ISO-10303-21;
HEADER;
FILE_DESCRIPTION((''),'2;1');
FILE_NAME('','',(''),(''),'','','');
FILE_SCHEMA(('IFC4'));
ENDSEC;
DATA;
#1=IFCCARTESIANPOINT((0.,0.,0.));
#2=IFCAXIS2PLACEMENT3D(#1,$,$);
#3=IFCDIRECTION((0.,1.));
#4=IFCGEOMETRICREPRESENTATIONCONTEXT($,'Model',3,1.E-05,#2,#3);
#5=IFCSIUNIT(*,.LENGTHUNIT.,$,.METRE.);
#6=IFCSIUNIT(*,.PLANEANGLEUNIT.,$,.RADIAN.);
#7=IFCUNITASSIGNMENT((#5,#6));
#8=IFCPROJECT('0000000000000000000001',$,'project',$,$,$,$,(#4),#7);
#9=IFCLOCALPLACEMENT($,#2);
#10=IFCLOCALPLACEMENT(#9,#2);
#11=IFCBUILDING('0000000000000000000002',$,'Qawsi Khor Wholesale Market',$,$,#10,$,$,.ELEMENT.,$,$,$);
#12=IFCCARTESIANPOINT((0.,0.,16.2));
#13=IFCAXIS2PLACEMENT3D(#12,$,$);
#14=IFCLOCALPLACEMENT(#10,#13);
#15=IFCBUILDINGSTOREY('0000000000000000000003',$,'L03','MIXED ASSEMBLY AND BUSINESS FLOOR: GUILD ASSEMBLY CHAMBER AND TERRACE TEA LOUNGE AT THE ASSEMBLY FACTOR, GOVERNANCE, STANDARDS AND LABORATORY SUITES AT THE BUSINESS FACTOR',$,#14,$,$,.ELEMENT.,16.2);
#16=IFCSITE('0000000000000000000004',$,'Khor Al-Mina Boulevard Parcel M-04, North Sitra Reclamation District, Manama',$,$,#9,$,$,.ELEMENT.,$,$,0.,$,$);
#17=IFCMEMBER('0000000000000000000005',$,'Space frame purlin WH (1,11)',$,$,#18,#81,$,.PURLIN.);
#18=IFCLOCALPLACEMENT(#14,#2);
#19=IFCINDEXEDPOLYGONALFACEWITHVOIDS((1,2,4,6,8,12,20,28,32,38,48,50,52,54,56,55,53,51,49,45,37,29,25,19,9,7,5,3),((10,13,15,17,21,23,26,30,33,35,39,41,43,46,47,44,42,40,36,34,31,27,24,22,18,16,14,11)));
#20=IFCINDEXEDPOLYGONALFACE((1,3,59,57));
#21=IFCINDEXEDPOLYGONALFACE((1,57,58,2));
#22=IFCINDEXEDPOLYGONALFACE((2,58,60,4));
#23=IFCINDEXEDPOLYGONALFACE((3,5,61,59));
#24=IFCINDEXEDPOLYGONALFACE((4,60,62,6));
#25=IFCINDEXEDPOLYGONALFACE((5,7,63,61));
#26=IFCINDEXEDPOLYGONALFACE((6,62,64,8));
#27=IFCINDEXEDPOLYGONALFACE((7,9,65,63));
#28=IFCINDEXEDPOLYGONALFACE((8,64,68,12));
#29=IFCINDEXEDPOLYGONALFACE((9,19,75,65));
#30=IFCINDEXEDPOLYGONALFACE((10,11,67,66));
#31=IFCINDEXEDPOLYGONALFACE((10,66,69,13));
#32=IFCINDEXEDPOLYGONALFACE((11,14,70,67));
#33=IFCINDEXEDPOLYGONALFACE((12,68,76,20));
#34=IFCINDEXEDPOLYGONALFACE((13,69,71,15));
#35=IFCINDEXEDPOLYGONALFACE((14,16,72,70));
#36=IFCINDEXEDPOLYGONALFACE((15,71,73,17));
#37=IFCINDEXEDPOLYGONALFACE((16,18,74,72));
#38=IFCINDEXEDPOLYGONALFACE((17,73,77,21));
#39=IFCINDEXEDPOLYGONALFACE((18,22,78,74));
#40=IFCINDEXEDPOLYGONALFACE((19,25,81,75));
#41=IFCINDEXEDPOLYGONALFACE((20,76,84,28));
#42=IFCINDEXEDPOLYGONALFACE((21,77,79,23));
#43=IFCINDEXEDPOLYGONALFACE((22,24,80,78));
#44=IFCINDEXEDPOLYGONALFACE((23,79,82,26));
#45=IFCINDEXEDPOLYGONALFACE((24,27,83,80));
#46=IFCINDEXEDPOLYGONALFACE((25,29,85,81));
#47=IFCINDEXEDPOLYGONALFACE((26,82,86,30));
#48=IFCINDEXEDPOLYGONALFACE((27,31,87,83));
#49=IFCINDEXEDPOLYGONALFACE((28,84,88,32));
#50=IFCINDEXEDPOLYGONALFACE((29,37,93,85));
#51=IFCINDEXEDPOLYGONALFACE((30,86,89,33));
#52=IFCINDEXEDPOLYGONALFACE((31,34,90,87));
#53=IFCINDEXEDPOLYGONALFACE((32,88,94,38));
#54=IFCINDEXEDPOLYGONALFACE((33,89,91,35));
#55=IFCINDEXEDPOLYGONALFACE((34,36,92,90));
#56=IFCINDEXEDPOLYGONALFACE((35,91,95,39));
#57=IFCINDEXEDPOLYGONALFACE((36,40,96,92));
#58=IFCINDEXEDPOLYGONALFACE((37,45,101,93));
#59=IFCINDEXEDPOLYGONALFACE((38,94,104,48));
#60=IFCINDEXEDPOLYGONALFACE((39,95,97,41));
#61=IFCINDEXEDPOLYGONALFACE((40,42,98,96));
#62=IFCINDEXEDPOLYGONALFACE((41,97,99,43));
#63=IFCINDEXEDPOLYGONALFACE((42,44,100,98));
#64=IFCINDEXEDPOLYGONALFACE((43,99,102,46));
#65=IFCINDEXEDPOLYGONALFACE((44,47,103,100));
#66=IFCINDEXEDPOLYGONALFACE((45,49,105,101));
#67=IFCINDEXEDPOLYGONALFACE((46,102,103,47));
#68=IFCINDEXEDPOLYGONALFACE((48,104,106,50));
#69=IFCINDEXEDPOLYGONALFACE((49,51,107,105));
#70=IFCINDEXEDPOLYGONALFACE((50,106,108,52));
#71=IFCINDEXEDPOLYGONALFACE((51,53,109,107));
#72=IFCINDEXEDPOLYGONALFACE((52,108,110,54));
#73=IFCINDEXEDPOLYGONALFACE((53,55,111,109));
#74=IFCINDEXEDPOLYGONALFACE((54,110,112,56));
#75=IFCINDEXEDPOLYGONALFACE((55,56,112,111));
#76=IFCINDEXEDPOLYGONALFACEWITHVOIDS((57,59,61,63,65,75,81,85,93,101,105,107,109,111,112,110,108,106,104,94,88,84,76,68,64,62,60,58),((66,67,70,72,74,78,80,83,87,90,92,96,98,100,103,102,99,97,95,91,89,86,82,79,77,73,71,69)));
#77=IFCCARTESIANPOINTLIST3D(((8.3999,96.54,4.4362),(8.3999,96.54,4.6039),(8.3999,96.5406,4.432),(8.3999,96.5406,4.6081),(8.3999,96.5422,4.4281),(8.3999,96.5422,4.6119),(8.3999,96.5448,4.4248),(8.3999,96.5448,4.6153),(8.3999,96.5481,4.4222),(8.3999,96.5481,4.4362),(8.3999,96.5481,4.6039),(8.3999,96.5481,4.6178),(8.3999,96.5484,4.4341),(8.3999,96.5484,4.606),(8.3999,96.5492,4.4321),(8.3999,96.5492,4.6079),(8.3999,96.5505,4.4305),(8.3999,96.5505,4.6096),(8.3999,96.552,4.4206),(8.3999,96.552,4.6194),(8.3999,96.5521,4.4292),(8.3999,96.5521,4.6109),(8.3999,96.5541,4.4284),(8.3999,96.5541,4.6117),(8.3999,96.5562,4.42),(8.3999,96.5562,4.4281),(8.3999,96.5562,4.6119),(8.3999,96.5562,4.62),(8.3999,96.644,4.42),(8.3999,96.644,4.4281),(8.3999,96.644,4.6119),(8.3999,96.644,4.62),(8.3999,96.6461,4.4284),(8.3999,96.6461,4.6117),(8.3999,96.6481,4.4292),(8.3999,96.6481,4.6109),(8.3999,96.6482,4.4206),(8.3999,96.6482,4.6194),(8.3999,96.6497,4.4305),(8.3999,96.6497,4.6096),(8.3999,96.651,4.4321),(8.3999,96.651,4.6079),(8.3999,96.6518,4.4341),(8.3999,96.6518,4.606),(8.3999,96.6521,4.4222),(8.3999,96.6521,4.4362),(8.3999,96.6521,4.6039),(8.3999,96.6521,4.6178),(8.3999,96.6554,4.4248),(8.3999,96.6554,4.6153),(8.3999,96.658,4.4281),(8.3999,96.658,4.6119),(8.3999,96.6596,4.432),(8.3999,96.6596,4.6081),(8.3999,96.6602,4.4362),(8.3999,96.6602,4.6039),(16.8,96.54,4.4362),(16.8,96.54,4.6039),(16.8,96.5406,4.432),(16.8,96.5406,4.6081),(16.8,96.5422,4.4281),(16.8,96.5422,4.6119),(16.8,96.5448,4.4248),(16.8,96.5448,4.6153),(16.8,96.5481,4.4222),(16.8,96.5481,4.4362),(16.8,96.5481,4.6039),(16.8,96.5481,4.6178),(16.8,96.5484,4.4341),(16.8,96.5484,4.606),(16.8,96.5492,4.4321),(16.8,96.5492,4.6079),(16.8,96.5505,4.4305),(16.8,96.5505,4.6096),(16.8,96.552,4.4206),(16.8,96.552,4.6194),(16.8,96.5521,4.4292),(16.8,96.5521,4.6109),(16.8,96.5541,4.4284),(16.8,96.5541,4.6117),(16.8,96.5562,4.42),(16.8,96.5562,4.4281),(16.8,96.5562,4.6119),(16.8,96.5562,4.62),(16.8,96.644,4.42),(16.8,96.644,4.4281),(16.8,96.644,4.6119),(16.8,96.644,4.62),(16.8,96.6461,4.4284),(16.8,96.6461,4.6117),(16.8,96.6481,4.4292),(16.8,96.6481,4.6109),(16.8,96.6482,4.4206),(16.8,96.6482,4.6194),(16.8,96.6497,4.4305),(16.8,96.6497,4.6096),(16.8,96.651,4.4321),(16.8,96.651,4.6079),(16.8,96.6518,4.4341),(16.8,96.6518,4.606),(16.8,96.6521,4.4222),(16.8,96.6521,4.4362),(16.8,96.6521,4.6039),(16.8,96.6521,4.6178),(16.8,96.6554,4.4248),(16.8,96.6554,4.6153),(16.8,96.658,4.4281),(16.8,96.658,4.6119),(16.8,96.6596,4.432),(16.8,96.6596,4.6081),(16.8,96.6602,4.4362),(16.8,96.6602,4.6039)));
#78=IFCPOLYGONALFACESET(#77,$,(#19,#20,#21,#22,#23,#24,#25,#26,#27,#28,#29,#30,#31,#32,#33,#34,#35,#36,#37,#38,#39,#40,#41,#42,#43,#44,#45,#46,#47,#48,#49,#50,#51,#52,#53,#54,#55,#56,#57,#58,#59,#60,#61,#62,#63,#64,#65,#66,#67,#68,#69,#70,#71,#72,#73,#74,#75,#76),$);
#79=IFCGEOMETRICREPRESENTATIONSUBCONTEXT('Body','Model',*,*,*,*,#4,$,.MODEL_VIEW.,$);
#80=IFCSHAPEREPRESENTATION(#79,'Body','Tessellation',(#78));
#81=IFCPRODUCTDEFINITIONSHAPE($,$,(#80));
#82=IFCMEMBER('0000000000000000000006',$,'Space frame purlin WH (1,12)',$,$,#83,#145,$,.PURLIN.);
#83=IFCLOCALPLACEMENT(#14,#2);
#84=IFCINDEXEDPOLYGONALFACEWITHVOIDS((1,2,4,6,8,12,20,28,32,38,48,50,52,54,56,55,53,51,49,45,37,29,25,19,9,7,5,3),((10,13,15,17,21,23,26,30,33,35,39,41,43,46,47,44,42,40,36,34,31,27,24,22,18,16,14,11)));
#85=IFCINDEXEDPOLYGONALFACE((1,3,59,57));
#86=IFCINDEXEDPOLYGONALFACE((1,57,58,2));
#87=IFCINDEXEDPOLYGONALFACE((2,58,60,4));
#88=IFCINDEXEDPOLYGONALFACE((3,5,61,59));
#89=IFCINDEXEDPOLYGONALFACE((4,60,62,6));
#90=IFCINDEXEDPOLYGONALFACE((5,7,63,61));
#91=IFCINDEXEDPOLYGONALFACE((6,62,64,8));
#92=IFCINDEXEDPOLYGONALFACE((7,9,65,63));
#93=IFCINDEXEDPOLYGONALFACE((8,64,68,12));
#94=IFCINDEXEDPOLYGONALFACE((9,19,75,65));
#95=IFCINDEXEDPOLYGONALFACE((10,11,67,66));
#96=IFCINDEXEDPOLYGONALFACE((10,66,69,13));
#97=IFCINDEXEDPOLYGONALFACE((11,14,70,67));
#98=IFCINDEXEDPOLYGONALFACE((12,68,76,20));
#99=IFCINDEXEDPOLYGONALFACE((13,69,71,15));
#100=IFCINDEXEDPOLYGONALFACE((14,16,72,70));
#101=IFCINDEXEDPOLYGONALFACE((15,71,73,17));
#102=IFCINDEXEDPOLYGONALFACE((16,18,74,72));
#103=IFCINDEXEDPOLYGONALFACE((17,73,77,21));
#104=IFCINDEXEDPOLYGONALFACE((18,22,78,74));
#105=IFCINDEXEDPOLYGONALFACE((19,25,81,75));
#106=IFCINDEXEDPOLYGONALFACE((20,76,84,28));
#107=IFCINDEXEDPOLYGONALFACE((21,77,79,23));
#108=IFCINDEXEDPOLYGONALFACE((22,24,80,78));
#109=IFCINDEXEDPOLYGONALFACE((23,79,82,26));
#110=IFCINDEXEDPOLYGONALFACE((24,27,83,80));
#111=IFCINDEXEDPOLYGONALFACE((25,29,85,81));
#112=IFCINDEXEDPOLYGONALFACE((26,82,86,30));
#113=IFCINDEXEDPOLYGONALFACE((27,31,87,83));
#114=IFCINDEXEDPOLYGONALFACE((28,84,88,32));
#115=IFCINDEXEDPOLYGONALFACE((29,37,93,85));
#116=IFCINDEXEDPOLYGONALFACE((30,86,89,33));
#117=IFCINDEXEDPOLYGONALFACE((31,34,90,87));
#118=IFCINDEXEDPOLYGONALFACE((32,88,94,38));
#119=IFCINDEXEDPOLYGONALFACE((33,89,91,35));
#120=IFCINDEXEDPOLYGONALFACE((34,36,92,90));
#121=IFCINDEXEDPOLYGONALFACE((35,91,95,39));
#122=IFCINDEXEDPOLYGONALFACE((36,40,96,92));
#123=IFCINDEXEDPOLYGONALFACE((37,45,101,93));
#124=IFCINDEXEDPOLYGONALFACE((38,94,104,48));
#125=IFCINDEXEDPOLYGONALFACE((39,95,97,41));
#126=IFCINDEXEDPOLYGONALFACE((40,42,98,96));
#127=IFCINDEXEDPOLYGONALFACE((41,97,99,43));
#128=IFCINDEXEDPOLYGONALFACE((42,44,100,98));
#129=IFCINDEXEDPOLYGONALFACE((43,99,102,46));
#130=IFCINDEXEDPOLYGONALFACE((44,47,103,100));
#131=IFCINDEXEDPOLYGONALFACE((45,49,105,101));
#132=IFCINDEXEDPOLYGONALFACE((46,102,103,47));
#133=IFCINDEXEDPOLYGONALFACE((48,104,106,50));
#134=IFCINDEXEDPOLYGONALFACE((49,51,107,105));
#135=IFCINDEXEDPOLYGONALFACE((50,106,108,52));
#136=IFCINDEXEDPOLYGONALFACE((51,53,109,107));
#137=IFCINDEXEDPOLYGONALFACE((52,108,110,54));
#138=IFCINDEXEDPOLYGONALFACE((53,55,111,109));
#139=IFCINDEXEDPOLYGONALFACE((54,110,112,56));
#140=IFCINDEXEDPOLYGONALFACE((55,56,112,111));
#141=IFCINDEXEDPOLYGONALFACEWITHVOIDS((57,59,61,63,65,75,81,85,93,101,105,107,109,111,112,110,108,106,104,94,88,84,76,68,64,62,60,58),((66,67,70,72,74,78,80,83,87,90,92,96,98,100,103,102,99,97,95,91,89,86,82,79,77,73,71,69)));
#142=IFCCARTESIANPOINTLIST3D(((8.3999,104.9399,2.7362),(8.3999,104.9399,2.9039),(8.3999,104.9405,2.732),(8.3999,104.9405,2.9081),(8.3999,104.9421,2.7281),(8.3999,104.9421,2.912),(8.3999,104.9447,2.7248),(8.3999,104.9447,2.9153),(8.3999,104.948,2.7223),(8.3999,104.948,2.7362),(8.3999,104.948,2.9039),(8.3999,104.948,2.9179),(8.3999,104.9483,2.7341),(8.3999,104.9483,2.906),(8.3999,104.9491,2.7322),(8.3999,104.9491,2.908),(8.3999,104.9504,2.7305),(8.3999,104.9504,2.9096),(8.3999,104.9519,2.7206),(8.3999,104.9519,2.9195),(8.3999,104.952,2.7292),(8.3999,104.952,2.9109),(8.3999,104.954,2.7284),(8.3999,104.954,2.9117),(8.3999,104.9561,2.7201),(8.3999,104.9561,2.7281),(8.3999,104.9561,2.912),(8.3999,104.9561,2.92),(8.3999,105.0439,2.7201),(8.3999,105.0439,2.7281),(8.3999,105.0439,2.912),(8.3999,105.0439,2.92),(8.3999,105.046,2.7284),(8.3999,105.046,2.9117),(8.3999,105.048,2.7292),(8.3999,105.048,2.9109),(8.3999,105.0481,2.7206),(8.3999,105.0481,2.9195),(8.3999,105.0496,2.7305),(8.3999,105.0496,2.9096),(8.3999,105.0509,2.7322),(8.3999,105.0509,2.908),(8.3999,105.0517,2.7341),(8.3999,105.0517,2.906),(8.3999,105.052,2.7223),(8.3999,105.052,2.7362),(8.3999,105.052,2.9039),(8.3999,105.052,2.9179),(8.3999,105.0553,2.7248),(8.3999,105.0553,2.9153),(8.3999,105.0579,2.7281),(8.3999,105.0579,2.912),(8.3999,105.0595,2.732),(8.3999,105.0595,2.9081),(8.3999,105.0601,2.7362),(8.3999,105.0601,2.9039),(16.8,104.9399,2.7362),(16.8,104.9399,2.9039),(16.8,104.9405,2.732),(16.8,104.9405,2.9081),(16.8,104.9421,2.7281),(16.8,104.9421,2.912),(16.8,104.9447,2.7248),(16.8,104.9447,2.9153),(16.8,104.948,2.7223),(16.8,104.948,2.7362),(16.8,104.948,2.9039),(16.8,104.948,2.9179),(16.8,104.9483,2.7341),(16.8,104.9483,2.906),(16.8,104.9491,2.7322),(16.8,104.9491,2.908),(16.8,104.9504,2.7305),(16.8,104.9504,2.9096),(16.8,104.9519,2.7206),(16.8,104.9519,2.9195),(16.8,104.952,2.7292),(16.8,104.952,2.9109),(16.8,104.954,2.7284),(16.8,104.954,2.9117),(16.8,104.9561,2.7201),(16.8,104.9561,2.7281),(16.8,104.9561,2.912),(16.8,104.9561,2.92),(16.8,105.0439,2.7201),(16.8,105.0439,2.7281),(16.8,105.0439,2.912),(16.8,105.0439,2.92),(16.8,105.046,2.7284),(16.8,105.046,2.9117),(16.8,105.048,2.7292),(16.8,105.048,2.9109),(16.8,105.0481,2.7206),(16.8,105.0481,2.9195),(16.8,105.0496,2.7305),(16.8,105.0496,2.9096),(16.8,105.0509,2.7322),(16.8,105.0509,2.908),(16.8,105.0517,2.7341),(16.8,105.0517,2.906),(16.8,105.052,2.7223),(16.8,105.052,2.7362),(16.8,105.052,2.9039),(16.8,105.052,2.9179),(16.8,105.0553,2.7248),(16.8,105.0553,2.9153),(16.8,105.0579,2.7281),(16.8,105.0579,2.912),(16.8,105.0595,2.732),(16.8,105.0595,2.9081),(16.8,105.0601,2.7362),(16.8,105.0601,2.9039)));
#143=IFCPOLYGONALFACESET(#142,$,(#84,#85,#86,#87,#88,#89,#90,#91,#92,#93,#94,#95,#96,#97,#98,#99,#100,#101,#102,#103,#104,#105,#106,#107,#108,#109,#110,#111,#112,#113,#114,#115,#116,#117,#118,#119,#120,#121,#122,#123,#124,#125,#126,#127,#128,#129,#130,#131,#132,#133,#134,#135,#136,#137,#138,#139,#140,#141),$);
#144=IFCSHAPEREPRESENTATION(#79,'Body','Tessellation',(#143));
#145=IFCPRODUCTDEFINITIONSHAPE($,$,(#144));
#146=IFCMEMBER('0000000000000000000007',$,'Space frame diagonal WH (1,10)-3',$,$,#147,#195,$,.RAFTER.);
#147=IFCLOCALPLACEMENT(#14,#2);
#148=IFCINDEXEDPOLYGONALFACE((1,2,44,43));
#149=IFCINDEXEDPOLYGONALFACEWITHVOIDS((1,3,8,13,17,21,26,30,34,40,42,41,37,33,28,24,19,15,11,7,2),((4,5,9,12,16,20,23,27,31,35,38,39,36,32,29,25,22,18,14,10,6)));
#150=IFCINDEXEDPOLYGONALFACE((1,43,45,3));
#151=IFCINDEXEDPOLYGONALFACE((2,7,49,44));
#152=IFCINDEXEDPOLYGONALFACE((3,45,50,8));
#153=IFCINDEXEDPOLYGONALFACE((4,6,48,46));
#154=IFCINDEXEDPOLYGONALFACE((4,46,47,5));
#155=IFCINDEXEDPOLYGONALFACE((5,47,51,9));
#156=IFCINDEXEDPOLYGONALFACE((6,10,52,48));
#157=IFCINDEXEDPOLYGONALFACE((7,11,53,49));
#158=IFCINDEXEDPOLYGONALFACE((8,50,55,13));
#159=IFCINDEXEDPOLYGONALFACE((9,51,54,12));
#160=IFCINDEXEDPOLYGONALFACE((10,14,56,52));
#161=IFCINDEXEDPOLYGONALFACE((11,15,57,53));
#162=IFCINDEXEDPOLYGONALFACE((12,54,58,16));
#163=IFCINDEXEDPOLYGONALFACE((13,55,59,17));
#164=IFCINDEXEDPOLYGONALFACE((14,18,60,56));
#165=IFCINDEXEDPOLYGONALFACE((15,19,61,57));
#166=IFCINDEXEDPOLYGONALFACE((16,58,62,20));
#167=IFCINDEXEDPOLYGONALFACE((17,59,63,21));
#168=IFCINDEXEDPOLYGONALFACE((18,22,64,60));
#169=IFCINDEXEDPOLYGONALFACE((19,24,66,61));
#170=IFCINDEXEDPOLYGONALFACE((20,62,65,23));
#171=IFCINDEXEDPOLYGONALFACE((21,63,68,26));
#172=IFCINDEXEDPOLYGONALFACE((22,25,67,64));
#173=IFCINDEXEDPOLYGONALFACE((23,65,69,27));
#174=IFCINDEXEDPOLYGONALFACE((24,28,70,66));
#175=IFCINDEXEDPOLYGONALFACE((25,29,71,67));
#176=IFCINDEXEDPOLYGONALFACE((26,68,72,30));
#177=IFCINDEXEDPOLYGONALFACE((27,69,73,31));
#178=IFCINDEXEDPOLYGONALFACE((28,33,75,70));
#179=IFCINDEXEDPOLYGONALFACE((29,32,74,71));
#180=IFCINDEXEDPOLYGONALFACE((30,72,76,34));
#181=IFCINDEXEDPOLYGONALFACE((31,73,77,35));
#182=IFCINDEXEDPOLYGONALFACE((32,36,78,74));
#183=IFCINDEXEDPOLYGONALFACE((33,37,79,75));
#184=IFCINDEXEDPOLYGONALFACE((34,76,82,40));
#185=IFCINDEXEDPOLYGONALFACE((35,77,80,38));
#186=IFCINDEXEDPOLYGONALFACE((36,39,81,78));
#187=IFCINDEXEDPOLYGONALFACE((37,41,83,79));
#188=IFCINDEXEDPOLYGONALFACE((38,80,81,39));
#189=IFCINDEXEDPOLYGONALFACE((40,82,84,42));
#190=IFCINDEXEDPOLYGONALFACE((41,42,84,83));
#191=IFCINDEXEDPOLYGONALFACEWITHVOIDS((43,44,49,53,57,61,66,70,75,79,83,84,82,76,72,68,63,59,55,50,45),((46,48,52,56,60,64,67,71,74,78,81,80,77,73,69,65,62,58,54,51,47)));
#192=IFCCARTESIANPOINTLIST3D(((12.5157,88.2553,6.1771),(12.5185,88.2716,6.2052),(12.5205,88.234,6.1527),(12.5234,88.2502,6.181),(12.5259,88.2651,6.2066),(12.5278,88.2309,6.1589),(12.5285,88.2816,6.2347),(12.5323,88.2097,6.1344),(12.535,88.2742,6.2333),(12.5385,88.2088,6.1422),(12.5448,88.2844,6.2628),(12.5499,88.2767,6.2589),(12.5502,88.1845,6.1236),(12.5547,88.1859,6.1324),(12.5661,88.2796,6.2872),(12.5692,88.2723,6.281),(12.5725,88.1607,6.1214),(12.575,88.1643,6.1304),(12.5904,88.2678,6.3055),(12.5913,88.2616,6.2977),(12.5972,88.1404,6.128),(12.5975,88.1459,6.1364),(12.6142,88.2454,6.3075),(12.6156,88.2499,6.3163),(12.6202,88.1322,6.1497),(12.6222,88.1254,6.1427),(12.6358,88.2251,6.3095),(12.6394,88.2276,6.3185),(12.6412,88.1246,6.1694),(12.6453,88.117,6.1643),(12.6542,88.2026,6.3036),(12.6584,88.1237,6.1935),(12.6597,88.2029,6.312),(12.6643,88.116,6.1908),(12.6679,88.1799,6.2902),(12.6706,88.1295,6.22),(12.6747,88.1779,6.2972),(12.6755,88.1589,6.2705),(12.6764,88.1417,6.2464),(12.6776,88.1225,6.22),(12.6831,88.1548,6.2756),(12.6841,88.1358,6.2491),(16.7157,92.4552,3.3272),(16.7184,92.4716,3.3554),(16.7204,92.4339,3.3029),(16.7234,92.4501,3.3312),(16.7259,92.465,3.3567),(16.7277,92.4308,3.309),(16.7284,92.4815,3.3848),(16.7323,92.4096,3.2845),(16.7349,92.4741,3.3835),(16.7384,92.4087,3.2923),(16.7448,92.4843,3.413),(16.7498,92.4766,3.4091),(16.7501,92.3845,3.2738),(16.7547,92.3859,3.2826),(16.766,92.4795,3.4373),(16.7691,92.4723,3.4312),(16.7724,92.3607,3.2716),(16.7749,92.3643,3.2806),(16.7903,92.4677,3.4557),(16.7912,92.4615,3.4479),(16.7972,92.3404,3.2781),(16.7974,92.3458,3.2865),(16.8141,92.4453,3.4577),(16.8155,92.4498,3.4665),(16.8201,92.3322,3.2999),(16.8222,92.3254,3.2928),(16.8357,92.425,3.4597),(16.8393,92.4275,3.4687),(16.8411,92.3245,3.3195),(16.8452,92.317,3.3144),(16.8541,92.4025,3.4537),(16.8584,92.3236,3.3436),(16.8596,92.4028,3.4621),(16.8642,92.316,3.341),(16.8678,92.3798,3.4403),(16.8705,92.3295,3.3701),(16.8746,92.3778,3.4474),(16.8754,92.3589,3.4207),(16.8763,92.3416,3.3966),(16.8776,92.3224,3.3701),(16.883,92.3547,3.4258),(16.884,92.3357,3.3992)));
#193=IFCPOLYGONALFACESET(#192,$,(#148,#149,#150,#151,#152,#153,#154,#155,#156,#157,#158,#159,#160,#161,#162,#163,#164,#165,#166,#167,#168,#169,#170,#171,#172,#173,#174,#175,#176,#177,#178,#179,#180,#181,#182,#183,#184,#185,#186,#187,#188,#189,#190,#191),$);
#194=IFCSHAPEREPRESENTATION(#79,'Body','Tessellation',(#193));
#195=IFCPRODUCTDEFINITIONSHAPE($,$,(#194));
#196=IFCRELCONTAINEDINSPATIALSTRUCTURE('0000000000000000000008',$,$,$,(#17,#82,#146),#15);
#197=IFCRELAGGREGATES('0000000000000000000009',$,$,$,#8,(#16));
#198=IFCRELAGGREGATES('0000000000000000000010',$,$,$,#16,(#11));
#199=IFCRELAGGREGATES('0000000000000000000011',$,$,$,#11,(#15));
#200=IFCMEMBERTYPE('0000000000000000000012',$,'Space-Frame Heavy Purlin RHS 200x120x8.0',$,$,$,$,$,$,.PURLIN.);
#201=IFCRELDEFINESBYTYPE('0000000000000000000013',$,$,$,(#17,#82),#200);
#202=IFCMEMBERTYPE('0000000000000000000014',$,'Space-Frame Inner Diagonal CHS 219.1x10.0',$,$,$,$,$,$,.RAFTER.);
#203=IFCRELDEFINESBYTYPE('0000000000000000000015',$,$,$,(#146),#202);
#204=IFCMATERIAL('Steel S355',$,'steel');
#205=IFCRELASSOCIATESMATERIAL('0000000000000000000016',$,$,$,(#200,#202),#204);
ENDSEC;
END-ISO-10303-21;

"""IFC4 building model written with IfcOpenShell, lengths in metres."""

from ifc_helpers import new_model, si_unit, direction, frame, origin, origin_2d, place, context, subcontext, project, spatial, hollow_rectangle, hollow_circle, extrude, material, material_profile, profile_set, type_object, element, save


model = new_model("IFC4")

# Units and contexts
model_context = context("Model", 3, precision=1e-05, world=origin(), true_north=direction((0.0, 1.0)))
body_context = subcontext(model_context, "Body", "Model", "MODEL_VIEW")
ifc_project = project(units=[si_unit("LENGTHUNIT", "METRE"), si_unit("PLANEANGLEUNIT", "RADIAN")], contexts=[model_context])

# Site, building, storey
site_placement = place(None, origin())
site = spatial("IfcSite", under=ifc_project, at=site_placement, Name="Khor Al-Mina Boulevard Parcel M-04, North Sitra Reclamation District, Manama", CompositionType="ELEMENT", RefElevation=0.0)
building_placement = place(site_placement, origin())
building = spatial("IfcBuilding", under=site, at=building_placement, Name="Qawsi Khor Wholesale Market", CompositionType="ELEMENT")
storey_placement = place(building_placement, frame((0.0, 0.0, 16.2)))
storey = spatial("IfcBuildingStorey", under=building, at=storey_placement, Name="L03", Description="MIXED ASSEMBLY AND BUSINESS FLOOR: GUILD ASSEMBLY CHAMBER AND TERRACE TEA LOUNGE AT THE ASSEMBLY FACTOR, GOVERNANCE, STANDARDS AND LABORATORY SUITES AT THE BUSINESS FACTOR", CompositionType="ELEMENT", Elevation=16.2)

# Members
ifc_material_1 = material(Name="Steel S355", Category="steel")
ifc_material_profile_1 = material_profile(ifc_material_1, hollow_rectangle(XDim=0.1201, YDim=0.2, WallThickness=0.0081, InnerFilletRadius=0.0081, OuterFilletRadius=0.0161, at=origin_2d()), Name="RHS 200x120x8.0")
ifc_profile_set_1 = profile_set([ifc_material_profile_1], Name="Steel S355")
member_type_1 = type_object("IfcMemberType", Name="Space-Frame Heavy Purlin RHS 200x120x8.0", PredefinedType="PURLIN", material=ifc_profile_set_1)
for number, where, z_axis, x_axis, name in (
    (1, (8.3999, 96.6001, 4.52), (1.0, 0.0, 0.0), (0.0, 1.0, 0.0), "Space frame purlin WH (1,11)"),
    (2, (8.3999, 105.0, 2.8201), (1.0, 0.0, 0.0), (0.0, 1.0, 0.0), "Space frame purlin WH (1,12)"),
):
    element("IfcMember", number, at=place(storey_placement, frame(where, z_axis=z_axis, x_axis=x_axis)), inside=storey, type_object=member_type_1, Name=name, PredefinedType="PURLIN", context=body_context, shape_type="SweptSolid", body=[
        extrude(hollow_rectangle(XDim=0.1201, YDim=0.2, WallThickness=0.0081, InnerFilletRadius=0.0081, OuterFilletRadius=0.0161, at=origin_2d()), origin(), (0.0, 0.0, 1.0), 8.4001),
    ])
ifc_material_profile_2 = material_profile(ifc_material_1, hollow_circle(Radius=0.1096, WallThickness=0.01, at=origin_2d()), Name="CHS 219.1x10.0")
ifc_profile_set_2 = profile_set([ifc_material_profile_2], Name="Steel S355")
member_type_2 = type_object("IfcMemberType", Name="Space-Frame Inner Diagonal CHS 219.1x10.0", PredefinedType="RAFTER", material=ifc_profile_set_2)
member_1_placement = place(storey_placement, frame((16.8, 92.3999, 3.3701), z_axis=(-0.637522, -0.637522, 0.432587), x_axis=(0.707107, -0.707107, 0.0)))
element("IfcMember", 3, at=member_1_placement, inside=storey, type_object=member_type_2, Name="Space frame diagonal WH (1,10)-3", PredefinedType="RAFTER", context=body_context, shape_type="SweptSolid", body=[
    extrude(hollow_circle(Radius=0.1096, WallThickness=0.01, at=origin_2d()), origin(), (0.0, 0.0, 1.0), 6.5879),
])

save(model, "model.ifc")
